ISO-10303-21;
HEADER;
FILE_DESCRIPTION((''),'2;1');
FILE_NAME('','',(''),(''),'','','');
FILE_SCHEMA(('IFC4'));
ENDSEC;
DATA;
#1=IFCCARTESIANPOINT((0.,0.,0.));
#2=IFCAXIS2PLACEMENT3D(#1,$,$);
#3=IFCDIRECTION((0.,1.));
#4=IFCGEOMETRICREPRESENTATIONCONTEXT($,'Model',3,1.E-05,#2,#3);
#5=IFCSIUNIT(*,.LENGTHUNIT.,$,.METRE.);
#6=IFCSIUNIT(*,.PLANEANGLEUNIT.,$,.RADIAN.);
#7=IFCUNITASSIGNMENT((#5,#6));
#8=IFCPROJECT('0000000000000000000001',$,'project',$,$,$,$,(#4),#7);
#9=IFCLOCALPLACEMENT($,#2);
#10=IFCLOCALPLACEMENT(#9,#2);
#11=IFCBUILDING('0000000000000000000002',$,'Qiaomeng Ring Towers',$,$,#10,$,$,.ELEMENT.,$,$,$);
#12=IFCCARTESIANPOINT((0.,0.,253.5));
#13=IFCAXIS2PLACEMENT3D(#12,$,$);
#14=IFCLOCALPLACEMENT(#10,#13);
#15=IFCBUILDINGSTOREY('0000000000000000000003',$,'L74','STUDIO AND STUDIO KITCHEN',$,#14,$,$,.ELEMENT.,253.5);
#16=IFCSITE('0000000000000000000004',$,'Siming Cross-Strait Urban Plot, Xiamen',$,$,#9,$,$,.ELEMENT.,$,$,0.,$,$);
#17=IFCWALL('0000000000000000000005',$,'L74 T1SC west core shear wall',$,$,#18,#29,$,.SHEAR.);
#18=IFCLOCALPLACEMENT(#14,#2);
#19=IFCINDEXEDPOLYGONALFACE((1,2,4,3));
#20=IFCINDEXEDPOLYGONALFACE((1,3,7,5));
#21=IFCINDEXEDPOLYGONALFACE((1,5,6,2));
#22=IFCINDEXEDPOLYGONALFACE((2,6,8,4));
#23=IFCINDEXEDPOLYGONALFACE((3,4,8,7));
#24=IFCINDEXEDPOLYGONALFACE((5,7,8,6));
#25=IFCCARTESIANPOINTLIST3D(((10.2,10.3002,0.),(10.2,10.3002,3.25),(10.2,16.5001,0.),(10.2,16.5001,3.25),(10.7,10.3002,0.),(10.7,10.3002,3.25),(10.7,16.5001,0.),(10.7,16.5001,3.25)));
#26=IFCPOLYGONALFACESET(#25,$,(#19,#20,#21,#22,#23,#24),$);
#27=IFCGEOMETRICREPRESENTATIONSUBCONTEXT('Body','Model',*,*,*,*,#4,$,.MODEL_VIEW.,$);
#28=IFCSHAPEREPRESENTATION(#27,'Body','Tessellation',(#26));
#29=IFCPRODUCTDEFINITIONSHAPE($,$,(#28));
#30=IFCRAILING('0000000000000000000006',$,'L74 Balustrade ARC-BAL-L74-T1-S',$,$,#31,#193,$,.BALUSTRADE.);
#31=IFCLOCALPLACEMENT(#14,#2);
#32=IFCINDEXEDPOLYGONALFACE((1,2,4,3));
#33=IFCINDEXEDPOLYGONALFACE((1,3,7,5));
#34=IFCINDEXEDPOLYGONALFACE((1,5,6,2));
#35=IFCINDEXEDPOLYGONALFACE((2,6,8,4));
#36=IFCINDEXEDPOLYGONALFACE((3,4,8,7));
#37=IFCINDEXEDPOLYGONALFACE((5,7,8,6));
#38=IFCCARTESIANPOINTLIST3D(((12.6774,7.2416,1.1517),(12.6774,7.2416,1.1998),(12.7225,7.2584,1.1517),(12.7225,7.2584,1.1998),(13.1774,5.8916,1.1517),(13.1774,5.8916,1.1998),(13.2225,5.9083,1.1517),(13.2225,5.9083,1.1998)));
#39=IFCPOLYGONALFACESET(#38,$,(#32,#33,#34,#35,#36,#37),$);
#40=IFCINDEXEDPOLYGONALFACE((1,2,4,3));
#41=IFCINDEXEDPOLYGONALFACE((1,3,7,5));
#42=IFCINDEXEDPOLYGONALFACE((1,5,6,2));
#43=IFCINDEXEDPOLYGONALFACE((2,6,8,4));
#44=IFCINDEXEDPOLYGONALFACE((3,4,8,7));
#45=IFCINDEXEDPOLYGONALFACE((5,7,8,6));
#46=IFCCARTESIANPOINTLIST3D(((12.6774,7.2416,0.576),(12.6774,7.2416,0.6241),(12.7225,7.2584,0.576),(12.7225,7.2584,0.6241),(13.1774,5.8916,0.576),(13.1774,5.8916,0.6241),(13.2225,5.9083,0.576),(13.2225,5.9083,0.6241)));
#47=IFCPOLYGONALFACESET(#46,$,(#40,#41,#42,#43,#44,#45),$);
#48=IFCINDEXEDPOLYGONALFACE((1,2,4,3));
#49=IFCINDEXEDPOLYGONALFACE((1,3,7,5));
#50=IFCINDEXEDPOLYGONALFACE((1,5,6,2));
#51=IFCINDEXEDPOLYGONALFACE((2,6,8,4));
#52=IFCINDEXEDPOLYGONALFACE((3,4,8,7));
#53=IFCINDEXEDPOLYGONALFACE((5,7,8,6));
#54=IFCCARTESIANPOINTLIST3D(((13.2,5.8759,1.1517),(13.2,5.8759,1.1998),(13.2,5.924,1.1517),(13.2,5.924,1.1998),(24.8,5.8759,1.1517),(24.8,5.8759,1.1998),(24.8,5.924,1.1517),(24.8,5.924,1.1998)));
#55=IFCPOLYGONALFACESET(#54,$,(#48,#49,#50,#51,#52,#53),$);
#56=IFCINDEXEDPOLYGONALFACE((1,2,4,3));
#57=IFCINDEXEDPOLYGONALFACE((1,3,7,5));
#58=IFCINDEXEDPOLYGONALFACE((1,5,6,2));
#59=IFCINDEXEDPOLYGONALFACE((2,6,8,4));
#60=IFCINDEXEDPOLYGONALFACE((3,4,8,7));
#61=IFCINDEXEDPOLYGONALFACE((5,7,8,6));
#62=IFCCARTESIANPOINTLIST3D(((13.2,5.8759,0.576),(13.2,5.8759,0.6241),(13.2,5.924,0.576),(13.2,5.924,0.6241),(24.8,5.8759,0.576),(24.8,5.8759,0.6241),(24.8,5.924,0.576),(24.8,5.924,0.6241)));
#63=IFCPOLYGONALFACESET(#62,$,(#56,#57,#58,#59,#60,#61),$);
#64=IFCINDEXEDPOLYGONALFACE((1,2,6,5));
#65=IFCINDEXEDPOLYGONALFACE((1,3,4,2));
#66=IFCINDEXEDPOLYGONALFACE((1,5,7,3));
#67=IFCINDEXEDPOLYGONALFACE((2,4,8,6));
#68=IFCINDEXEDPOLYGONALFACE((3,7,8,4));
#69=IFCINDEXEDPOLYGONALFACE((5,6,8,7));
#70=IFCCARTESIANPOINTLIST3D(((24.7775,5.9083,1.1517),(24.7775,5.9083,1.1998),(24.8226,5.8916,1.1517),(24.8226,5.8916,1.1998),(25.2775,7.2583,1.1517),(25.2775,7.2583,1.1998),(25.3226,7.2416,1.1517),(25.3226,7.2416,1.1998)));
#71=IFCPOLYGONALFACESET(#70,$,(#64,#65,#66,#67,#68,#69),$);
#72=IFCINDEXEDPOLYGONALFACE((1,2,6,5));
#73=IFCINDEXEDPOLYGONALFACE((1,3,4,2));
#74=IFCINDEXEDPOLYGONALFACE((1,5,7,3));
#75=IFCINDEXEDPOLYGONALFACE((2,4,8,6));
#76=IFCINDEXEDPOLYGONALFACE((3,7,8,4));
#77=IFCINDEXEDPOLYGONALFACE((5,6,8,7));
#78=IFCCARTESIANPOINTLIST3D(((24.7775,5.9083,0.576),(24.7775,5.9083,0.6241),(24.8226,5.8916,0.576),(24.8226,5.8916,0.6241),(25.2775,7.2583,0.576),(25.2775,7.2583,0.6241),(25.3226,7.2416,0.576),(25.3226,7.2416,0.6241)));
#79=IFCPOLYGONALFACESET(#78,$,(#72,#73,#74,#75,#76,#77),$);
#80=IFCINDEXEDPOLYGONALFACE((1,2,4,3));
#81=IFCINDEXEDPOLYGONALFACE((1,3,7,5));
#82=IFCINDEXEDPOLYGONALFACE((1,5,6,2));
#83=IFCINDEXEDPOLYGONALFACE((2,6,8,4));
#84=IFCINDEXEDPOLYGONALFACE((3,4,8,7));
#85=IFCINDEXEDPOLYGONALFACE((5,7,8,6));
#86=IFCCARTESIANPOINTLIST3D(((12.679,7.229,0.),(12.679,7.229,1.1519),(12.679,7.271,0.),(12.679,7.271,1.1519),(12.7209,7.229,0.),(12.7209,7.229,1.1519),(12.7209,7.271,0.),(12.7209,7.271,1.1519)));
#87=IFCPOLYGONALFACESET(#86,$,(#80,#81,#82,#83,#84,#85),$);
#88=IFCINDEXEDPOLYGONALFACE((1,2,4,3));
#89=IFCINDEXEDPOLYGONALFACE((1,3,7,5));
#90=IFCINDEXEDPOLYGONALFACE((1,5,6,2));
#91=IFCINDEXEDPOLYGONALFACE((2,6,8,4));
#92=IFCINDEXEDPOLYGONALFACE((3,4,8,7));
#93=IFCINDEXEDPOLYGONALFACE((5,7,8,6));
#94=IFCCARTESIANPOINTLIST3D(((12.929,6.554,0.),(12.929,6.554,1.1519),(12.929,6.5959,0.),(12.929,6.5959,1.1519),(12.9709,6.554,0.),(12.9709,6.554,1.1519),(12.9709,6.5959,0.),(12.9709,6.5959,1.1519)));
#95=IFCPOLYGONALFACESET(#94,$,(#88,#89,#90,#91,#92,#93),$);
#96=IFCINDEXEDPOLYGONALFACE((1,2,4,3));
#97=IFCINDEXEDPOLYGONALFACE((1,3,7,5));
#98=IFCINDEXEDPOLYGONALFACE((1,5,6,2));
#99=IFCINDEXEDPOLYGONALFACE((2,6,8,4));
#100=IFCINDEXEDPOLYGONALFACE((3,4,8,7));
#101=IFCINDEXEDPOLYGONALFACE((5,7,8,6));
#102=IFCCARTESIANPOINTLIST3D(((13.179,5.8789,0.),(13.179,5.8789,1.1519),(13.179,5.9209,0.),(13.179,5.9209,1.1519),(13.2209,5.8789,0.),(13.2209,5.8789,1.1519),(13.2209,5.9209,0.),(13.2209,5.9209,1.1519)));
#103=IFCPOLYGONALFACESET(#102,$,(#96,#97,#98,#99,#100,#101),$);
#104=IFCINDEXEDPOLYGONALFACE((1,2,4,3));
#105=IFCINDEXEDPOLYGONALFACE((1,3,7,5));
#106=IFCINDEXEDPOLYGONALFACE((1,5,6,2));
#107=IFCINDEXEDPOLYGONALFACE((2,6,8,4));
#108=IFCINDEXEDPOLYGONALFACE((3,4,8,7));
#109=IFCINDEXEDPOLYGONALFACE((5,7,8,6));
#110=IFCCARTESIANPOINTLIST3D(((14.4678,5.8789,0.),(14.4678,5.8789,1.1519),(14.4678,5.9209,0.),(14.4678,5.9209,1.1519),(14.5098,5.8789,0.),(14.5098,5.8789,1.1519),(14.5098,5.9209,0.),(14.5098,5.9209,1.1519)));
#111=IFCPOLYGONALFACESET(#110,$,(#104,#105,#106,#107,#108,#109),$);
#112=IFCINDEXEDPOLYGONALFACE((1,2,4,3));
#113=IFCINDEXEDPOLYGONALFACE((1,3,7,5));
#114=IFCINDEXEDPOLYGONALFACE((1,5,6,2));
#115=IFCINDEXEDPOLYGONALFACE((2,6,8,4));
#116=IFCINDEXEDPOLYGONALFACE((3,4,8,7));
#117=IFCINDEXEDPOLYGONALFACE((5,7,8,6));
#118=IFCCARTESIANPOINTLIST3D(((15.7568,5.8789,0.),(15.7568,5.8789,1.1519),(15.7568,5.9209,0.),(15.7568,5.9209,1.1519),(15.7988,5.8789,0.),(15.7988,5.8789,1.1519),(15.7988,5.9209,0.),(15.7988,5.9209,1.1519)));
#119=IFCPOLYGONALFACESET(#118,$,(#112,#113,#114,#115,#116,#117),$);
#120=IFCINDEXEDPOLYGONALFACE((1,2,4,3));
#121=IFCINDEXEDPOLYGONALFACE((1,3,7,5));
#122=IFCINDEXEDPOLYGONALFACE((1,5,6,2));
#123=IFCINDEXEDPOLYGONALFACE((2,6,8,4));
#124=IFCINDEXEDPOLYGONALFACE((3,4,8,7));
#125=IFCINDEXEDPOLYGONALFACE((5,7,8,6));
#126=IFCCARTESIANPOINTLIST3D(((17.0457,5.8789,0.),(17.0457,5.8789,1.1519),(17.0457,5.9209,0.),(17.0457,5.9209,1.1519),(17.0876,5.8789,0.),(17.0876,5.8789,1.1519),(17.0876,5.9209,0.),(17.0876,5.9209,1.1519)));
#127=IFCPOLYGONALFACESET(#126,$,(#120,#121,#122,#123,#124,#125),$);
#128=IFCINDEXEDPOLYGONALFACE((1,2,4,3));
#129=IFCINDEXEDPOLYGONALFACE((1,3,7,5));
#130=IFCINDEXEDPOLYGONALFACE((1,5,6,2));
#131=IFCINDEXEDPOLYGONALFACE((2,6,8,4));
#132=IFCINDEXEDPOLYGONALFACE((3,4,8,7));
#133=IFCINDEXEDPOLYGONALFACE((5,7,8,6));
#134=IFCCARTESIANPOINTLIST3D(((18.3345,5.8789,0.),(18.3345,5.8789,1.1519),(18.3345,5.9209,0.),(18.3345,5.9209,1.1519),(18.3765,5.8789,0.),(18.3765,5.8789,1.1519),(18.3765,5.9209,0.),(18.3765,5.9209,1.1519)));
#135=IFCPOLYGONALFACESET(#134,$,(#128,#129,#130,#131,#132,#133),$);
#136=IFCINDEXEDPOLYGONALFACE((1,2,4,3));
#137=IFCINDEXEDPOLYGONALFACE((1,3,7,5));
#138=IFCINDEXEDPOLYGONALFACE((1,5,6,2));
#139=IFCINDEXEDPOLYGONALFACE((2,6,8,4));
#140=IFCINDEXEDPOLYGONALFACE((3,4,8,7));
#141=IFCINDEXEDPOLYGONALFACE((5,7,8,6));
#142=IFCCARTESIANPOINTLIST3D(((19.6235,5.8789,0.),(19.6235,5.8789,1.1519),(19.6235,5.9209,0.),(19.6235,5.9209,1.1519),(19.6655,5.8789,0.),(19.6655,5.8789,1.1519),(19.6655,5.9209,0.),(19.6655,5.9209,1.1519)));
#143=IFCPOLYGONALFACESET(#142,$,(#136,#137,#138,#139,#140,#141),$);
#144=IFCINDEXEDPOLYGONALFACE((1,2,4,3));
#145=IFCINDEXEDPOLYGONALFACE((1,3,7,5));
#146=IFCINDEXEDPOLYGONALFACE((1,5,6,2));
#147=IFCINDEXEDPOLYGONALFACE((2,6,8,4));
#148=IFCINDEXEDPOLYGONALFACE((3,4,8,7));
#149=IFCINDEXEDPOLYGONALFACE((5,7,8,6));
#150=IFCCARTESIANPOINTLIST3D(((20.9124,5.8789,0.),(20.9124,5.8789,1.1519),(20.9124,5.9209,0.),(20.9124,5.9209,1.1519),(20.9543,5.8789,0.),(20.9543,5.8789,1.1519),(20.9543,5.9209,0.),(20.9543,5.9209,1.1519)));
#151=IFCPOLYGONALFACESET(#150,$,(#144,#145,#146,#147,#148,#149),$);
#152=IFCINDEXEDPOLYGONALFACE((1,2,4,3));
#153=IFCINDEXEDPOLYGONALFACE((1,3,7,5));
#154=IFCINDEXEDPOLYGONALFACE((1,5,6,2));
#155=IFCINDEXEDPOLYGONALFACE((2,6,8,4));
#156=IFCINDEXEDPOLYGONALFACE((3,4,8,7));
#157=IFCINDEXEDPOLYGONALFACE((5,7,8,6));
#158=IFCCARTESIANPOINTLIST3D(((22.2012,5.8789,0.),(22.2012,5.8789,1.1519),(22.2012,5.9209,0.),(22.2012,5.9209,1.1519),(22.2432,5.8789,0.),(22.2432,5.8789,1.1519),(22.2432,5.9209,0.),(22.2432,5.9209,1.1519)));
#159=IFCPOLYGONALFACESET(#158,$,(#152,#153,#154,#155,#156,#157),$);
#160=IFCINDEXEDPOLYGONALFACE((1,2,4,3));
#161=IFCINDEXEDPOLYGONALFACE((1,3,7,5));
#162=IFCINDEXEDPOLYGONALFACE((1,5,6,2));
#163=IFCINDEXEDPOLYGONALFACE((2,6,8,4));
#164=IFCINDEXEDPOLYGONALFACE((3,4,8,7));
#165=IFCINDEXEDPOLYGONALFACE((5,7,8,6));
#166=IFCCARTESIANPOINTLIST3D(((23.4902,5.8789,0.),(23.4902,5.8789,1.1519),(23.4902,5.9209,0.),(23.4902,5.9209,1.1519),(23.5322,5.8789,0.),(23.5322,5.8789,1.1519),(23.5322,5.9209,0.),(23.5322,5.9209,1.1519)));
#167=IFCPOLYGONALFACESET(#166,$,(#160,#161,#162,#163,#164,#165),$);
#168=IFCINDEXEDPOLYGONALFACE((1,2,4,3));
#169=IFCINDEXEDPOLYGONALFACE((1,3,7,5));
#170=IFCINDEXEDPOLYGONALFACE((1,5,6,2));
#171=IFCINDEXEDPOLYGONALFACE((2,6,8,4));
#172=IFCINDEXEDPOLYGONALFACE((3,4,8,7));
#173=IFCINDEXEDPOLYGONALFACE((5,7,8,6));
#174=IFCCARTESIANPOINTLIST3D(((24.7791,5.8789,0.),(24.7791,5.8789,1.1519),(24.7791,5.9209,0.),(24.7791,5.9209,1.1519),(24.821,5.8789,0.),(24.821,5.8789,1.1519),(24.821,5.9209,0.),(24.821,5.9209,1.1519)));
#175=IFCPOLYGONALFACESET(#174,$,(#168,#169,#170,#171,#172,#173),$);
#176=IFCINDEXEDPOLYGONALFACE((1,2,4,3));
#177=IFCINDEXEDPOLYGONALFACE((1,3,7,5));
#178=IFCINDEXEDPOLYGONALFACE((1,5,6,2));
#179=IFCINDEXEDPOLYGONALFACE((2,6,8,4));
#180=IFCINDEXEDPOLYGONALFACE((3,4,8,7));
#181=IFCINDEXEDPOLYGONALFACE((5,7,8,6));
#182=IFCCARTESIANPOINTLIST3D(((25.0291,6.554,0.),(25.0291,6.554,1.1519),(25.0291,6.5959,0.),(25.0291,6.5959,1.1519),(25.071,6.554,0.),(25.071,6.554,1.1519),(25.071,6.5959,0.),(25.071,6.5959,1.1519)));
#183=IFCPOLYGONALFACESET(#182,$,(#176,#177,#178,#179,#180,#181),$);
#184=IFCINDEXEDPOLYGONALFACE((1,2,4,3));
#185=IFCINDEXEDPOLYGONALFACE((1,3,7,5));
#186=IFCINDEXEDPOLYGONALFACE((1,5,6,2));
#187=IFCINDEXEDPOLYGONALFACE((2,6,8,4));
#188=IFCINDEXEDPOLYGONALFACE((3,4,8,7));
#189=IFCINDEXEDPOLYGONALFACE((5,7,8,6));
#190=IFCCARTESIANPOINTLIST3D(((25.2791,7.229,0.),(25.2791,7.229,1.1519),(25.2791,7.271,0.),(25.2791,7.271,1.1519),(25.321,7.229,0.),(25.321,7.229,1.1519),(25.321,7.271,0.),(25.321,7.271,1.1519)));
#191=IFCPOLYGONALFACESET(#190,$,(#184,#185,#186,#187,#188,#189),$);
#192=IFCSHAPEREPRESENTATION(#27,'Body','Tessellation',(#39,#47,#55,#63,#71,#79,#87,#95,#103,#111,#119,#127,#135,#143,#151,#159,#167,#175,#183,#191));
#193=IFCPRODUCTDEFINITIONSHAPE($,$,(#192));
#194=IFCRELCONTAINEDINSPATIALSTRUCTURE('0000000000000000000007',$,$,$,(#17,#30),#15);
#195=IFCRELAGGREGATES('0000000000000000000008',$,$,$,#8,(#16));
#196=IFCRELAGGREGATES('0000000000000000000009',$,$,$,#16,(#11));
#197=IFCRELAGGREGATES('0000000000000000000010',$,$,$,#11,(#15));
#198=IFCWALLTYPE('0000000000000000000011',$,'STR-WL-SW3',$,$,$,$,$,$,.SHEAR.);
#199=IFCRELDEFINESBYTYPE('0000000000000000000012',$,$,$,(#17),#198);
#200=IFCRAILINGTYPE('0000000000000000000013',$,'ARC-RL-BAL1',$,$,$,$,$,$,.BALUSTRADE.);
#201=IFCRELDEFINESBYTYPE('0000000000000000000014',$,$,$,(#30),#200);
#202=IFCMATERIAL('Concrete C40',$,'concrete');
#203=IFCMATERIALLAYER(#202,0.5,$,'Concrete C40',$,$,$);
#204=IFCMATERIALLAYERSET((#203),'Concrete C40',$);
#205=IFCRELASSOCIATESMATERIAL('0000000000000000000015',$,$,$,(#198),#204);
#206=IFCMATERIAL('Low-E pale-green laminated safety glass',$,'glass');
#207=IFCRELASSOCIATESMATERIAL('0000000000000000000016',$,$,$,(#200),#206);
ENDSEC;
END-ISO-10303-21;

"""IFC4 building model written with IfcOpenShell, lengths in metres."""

from ifc_helpers import new_model, si_unit, direction, frame, frame_2d, origin, origin_2d, place, context, subcontext, project, spatial, rectangle, extrude, material, layer, layer_set, type_object, element, save


model = new_model("IFC4")

# Units and contexts
model_context = context("Model", 3, precision=1e-05, world=origin(), true_north=direction((0.0, 1.0)))
body_context = subcontext(model_context, "Body", "Model", "MODEL_VIEW")
ifc_project = project(units=[si_unit("LENGTHUNIT", "METRE"), si_unit("PLANEANGLEUNIT", "RADIAN")], contexts=[model_context])

# Site, building, storey
site_placement = place(None, origin())
site = spatial("IfcSite", under=ifc_project, at=site_placement, Name="Siming Cross-Strait Urban Plot, Xiamen", CompositionType="ELEMENT", RefElevation=0.0)
building_placement = place(site_placement, origin())
building = spatial("IfcBuilding", under=site, at=building_placement, Name="Qiaomeng Ring Towers", CompositionType="ELEMENT")
storey_placement = place(building_placement, frame((0.0, 0.0, 253.5)))
storey = spatial("IfcBuildingStorey", under=building, at=storey_placement, Name="L74", Description="STUDIO AND STUDIO KITCHEN", CompositionType="ELEMENT", Elevation=253.5)

# Shared definitions
ifc_material_1 = material(Name="Concrete C40", Category="concrete")

# Shared definitions
ifc_layer_1 = layer(ifc_material_1, 0.5, Name="Concrete C40")
ifc_layer_set_1 = layer_set([ifc_layer_1], Name="Concrete C40")
wall_type_1 = type_object("IfcWallType", Name="STR-WL-SW3", PredefinedType="SHEAR", material=ifc_layer_set_1)

# Wall
wall_1_placement = place(storey_placement, frame((10.45, 10.3, 0.0), z_axis=(0.0, 0.0, 1.0), x_axis=(0.0, 1.0, 0.0)))
element("IfcWall", 1, at=wall_1_placement, inside=storey, type_object=wall_type_1, Name="L74 T1SC west core shear wall", PredefinedType="SHEAR", context=body_context, shape_type="SweptSolid", body=[
    extrude(rectangle(XDim=6.2, YDim=0.5, at=frame_2d((3.1001, 0.0))), origin(), (0.0, 0.0, 1.0), 3.25),
])

# Railing
ifc_material_2 = material(Name="Low-E pale-green laminated safety glass", Category="glass")
railing_type = type_object("IfcRailingType", Name="ARC-RL-BAL1", PredefinedType="BALUSTRADE", material=ifc_material_2)
railing_placement = place(storey_placement, frame((12.7, 7.25, 0.0)))
element("IfcRailing", 2, at=railing_placement, inside=storey, type_object=railing_type, Name="L74 Balustrade ARC-BAL-L74-T1-S", PredefinedType="BALUSTRADE", context=body_context, shape_type="SweptSolid", body=[
    extrude(rectangle(XDim=0.0481, YDim=0.0481, at=origin_2d()), frame((0.0, 0.0, 1.1758), z_axis=(0.347292, -0.937757, 0.0), x_axis=(0.937757, 0.347292, 0.0)), (0.0, 0.0, 1.0), 1.4397),
    extrude(rectangle(XDim=0.0481, YDim=0.0481, at=origin_2d()), frame((0.0, 0.0, 0.6001), z_axis=(0.347292, -0.937757, 0.0), x_axis=(0.937757, 0.347292, 0.0)), (0.0, 0.0, 1.0), 1.4397),
    extrude(rectangle(XDim=0.0481, YDim=0.0481, at=origin_2d()), frame((0.5, -1.3501, 1.1758), z_axis=(1.0, 0.0, 0.0), x_axis=(0.0, 1.0, 0.0)), (0.0, 0.0, 1.0), 11.6001),
    extrude(rectangle(XDim=0.0481, YDim=0.0481, at=origin_2d()), frame((0.5, -1.3501, 0.6001), z_axis=(1.0, 0.0, 0.0), x_axis=(0.0, 1.0, 0.0)), (0.0, 0.0, 1.0), 11.6001),
    extrude(rectangle(XDim=0.0481, YDim=0.0481, at=origin_2d()), frame((12.1001, -1.3501, 1.1758), z_axis=(0.347292, 0.937757, 0.0), x_axis=(-0.937757, 0.347292, 0.0)), (0.0, 0.0, 1.0), 1.4397),
    extrude(rectangle(XDim=0.0481, YDim=0.0481, at=origin_2d()), frame((12.1001, -1.3501, 0.6001), z_axis=(0.347292, 0.937757, 0.0), x_axis=(-0.937757, 0.347292, 0.0)), (0.0, 0.0, 1.0), 1.4397),
    extrude(rectangle(XDim=0.042, YDim=0.042, at=origin_2d()), origin(), (0.0, 0.0, 1.0), 1.1519),
    extrude(rectangle(XDim=0.042, YDim=0.042, at=origin_2d()), frame((0.25, -0.675, 0.0)), (0.0, 0.0, 1.0), 1.1519),
    extrude(rectangle(XDim=0.042, YDim=0.042, at=origin_2d()), frame((0.5, -1.3501, 0.0)), (0.0, 0.0, 1.0), 1.1519),
    extrude(rectangle(XDim=0.042, YDim=0.042, at=origin_2d()), frame((1.7888, -1.3501, 0.0)), (0.0, 0.0, 1.0), 1.1519),
    extrude(rectangle(XDim=0.042, YDim=0.042, at=origin_2d()), frame((3.0779, -1.3501, 0.0)), (0.0, 0.0, 1.0), 1.1519),
    extrude(rectangle(XDim=0.042, YDim=0.042, at=origin_2d()), frame((4.3667, -1.3501, 0.0)), (0.0, 0.0, 1.0), 1.1519),
    extrude(rectangle(XDim=0.042, YDim=0.042, at=origin_2d()), frame((5.6555, -1.3501, 0.0)), (0.0, 0.0, 1.0), 1.1519),
    extrude(rectangle(XDim=0.042, YDim=0.042, at=origin_2d()), frame((6.9446, -1.3501, 0.0)), (0.0, 0.0, 1.0), 1.1519),
    extrude(rectangle(XDim=0.042, YDim=0.042, at=origin_2d()), frame((8.2334, -1.3501, 0.0)), (0.0, 0.0, 1.0), 1.1519),
    extrude(rectangle(XDim=0.042, YDim=0.042, at=origin_2d()), frame((9.5222, -1.3501, 0.0)), (0.0, 0.0, 1.0), 1.1519),
    extrude(rectangle(XDim=0.042, YDim=0.042, at=origin_2d()), frame((10.8113, -1.3501, 0.0)), (0.0, 0.0, 1.0), 1.1519),
    extrude(rectangle(XDim=0.042, YDim=0.042, at=origin_2d()), frame((12.1001, -1.3501, 0.0)), (0.0, 0.0, 1.0), 1.1519),
    extrude(rectangle(XDim=0.042, YDim=0.042, at=origin_2d()), frame((12.3501, -0.675, 0.0)), (0.0, 0.0, 1.0), 1.1519),
    extrude(rectangle(XDim=0.042, YDim=0.042, at=origin_2d()), frame((12.6001, 0.0, 0.0)), (0.0, 0.0, 1.0), 1.1519),
])

save(model, "model.ifc")
